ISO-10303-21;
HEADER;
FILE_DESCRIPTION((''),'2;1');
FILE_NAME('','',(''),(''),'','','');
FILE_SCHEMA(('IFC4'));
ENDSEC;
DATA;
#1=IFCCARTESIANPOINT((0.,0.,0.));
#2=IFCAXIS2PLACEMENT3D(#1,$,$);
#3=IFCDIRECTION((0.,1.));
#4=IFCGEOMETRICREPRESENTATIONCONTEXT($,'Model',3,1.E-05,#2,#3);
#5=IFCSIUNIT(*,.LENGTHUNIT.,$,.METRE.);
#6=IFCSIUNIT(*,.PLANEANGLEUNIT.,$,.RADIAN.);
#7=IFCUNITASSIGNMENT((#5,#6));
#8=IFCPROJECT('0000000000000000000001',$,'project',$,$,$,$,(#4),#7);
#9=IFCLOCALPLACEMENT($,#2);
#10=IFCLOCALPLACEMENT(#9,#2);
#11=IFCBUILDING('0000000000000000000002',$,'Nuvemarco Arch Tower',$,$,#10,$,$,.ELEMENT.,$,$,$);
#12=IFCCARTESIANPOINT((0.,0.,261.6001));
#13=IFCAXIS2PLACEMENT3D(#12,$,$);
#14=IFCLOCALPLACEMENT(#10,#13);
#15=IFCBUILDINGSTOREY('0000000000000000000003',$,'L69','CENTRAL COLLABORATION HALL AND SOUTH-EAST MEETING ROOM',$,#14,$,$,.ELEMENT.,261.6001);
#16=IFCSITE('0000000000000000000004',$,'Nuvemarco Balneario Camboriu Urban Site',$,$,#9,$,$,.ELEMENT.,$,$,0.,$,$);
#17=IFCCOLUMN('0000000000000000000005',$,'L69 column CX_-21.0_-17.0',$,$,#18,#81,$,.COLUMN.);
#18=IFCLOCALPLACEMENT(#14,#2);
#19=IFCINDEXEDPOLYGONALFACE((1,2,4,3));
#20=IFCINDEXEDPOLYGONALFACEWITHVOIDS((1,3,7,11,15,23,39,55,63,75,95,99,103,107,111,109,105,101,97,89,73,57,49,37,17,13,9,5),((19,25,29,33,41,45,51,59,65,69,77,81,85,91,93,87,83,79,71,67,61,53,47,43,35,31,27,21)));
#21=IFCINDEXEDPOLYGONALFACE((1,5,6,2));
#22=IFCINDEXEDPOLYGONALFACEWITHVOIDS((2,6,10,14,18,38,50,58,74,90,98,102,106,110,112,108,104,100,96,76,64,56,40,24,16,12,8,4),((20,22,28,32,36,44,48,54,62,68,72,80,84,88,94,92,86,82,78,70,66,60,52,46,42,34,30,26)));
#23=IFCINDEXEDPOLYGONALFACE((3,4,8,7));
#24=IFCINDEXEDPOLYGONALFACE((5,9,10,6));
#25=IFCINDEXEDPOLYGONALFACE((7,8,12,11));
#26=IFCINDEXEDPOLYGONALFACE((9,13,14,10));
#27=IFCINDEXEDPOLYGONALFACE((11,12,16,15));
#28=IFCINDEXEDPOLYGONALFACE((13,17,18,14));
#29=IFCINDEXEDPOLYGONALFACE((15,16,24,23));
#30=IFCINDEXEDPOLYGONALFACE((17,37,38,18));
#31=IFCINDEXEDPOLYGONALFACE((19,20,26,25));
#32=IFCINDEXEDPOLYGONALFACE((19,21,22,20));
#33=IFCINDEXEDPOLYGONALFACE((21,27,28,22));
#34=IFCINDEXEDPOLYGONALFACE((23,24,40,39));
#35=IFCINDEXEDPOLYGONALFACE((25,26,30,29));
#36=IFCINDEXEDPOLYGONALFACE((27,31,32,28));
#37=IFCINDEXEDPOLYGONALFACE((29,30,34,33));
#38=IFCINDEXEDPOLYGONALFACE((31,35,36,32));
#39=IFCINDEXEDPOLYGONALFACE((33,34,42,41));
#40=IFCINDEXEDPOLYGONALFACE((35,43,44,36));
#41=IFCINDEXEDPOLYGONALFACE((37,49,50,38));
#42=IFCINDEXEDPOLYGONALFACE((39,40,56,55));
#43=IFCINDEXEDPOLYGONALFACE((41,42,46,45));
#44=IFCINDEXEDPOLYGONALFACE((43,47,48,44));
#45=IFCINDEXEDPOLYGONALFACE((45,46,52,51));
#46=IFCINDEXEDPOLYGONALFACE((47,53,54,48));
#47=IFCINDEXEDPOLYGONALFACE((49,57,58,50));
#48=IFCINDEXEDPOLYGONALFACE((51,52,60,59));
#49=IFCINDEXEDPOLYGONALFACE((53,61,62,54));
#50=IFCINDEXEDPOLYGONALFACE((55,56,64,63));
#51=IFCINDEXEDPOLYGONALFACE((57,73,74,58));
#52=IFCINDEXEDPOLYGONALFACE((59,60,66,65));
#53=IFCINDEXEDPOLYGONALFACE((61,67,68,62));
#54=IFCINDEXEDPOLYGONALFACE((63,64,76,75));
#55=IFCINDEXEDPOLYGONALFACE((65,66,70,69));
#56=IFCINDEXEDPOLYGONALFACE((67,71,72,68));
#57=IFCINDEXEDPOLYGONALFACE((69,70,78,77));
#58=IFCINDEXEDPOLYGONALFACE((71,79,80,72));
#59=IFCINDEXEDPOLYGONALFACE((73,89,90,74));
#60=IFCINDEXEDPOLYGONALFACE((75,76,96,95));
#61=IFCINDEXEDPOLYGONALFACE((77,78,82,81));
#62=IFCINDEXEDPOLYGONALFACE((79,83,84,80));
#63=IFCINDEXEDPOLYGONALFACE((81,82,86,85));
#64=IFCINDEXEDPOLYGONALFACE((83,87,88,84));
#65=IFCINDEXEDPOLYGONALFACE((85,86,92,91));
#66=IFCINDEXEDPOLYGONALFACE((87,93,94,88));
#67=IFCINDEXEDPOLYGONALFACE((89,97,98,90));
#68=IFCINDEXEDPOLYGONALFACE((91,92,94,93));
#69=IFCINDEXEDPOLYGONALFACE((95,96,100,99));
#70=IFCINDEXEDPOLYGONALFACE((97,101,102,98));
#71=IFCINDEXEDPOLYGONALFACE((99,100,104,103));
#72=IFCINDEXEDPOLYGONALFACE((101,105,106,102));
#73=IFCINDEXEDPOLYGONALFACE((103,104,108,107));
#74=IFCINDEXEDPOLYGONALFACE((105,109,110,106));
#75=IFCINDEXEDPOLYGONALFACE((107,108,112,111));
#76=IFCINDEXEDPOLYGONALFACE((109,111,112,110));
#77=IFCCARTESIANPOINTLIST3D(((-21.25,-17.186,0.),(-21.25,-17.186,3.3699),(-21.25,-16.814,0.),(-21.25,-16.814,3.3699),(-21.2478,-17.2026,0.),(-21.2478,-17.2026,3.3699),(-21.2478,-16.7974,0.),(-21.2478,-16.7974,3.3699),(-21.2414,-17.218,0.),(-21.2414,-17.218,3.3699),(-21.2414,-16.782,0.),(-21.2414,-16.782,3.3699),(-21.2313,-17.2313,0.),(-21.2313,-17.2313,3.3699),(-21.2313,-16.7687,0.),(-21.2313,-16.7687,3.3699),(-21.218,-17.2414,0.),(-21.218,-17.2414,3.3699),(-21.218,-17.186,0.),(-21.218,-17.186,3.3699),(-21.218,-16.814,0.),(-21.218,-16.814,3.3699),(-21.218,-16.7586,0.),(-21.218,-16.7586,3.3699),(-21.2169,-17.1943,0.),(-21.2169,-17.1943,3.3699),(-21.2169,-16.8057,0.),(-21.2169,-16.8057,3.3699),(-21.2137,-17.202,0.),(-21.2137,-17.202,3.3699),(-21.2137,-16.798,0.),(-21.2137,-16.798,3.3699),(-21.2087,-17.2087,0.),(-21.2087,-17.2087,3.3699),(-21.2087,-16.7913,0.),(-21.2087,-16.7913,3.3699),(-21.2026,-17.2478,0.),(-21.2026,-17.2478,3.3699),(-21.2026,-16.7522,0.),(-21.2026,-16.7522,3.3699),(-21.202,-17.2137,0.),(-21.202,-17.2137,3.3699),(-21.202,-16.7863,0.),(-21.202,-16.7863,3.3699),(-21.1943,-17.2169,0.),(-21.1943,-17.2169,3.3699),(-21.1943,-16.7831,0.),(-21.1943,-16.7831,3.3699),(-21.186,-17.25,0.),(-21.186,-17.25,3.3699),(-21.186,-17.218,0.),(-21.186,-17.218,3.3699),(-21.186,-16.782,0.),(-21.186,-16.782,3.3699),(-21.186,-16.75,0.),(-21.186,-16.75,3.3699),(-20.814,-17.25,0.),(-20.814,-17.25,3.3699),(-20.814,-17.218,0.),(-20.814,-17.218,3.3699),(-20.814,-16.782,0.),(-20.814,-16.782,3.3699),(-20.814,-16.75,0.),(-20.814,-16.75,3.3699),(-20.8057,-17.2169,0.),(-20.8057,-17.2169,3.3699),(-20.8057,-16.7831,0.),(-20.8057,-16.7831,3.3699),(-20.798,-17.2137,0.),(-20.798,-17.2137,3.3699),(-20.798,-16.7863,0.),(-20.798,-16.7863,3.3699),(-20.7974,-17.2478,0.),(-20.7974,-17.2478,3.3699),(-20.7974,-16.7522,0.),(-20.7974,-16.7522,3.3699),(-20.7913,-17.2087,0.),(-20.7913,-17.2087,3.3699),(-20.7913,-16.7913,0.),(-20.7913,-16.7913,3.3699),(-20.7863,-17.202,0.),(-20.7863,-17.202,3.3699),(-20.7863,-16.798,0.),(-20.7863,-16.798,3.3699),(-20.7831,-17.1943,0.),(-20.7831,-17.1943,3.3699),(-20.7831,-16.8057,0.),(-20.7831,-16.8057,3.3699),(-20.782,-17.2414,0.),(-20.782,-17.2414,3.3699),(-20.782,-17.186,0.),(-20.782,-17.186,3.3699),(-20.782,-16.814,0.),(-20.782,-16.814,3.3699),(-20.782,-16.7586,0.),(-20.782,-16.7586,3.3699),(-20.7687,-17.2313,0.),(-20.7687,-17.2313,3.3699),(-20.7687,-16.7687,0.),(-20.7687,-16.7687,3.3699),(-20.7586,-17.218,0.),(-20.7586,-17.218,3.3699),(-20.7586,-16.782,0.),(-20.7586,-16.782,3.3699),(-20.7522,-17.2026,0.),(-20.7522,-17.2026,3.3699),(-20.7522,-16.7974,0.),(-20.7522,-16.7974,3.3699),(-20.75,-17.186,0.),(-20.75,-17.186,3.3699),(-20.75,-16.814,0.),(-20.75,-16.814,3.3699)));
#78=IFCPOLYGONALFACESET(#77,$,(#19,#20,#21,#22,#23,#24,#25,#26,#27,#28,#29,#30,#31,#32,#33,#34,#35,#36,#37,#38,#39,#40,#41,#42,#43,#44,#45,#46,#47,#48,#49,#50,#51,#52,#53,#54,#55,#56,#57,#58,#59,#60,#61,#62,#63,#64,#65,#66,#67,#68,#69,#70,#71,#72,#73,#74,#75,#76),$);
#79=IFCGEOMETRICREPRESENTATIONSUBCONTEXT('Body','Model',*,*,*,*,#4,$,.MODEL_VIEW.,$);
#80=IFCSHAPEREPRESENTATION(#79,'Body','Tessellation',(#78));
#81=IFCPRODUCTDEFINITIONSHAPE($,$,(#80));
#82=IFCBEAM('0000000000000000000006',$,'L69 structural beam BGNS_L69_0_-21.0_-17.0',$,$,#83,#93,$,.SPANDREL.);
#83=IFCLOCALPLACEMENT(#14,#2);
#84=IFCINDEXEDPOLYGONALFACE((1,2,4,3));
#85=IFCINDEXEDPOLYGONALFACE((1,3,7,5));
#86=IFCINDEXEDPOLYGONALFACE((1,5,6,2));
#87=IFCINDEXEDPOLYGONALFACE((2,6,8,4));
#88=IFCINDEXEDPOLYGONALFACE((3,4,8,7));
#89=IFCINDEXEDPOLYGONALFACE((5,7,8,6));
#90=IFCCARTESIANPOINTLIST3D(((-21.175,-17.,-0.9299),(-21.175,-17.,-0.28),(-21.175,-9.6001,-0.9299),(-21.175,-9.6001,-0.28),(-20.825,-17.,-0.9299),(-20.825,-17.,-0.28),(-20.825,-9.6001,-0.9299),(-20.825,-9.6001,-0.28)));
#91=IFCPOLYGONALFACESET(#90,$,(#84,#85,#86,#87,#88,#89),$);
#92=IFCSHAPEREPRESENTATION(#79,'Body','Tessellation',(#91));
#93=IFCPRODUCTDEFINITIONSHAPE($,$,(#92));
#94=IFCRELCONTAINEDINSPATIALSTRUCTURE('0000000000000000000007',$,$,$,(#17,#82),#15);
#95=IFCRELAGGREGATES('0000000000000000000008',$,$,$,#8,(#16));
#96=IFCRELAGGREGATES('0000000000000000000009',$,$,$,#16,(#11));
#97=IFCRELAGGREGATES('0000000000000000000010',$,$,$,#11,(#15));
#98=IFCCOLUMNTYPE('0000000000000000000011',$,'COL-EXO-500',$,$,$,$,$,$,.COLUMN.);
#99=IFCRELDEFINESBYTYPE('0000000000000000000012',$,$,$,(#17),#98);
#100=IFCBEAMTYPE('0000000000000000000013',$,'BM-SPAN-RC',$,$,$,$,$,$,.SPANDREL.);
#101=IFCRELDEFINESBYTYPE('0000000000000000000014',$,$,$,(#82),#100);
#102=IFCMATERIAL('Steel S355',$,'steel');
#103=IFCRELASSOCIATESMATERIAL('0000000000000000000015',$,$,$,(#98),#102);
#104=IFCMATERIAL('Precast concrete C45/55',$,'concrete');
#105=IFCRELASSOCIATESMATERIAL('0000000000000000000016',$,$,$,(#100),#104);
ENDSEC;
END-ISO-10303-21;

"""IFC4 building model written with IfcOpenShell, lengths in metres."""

from ifc_helpers import new_model, si_unit, direction, frame, origin, origin_2d, place, context, subcontext, project, spatial, rectangle, hollow_rectangle, extrude, material, material_profile, profile_set, type_object, element, save


model = new_model("IFC4")

# Units and contexts
model_context = context("Model", 3, precision=1e-05, world=origin(), true_north=direction((0.0, 1.0)))
body_context = subcontext(model_context, "Body", "Model", "MODEL_VIEW")
ifc_project = project(units=[si_unit("LENGTHUNIT", "METRE"), si_unit("PLANEANGLEUNIT", "RADIAN")], contexts=[model_context])

# Site, building, storey
site_placement = place(None, origin())
site = spatial("IfcSite", under=ifc_project, at=site_placement, Name="Nuvemarco Balneario Camboriu Urban Site", CompositionType="ELEMENT", RefElevation=0.0)
building_placement = place(site_placement, origin())
building = spatial("IfcBuilding", under=site, at=building_placement, Name="Nuvemarco Arch Tower", CompositionType="ELEMENT")
storey_placement = place(building_placement, frame((0.0, 0.0, 261.6001)))
storey = spatial("IfcBuildingStorey", under=building, at=storey_placement, Name="L69", Description="CENTRAL COLLABORATION HALL AND SOUTH-EAST MEETING ROOM", CompositionType="ELEMENT", Elevation=261.6001)

# Column
ifc_material_1 = material(Name="Steel S355", Category="steel")
ifc_material_profile_1 = material_profile(ifc_material_1, hollow_rectangle(XDim=0.5, YDim=0.5, WallThickness=0.032, InnerFilletRadius=0.032, OuterFilletRadius=0.064, at=origin_2d()), Name="SHS500x500x32")
ifc_profile_set_1 = profile_set([ifc_material_profile_1], Name="Steel S355")
column_type = type_object("IfcColumnType", Name="COL-EXO-500", PredefinedType="COLUMN", material=ifc_profile_set_1)
column_placement = place(storey_placement, frame((-21.0, -17.0, 0.0), z_axis=(0.0, 0.0, 1.0), x_axis=(1.0, 0.0, 0.0)))
element("IfcColumn", 1, at=column_placement, inside=storey, type_object=column_type, Name="L69 column CX_-21.0_-17.0", PredefinedType="COLUMN", context=body_context, shape_type="SweptSolid", body=[
    extrude(hollow_rectangle(XDim=0.5, YDim=0.5, WallThickness=0.032, InnerFilletRadius=0.032, OuterFilletRadius=0.064, at=origin_2d()), origin(), (0.0, 0.0, 1.0), 3.3699),
])

# Beam
ifc_material_2 = material(Name="Precast concrete C45/55", Category="concrete")
ifc_material_profile_2 = material_profile(ifc_material_2, rectangle(XDim=0.3501, YDim=0.6499, at=origin_2d()), Name="PC-SP-350x650")
ifc_profile_set_2 = profile_set([ifc_material_profile_2], Name="Precast concrete C45/55")
beam_type = type_object("IfcBeamType", Name="BM-SPAN-RC", PredefinedType="SPANDREL", material=ifc_profile_set_2)
beam_placement = place(storey_placement, frame((-21.0, -17.0, -0.605), z_axis=(0.0, 1.0, 0.0), x_axis=(-1.0, 0.0, 0.0)))
element("IfcBeam", 2, at=beam_placement, inside=storey, type_object=beam_type, Name="L69 structural beam BGNS_L69_0_-21.0_-17.0", PredefinedType="SPANDREL", context=body_context, shape_type="SweptSolid", body=[
    extrude(rectangle(XDim=0.3501, YDim=0.6499, at=origin_2d()), origin(), (0.0, 0.0, 1.0), 7.3999),
])

save(model, "model.ifc")
